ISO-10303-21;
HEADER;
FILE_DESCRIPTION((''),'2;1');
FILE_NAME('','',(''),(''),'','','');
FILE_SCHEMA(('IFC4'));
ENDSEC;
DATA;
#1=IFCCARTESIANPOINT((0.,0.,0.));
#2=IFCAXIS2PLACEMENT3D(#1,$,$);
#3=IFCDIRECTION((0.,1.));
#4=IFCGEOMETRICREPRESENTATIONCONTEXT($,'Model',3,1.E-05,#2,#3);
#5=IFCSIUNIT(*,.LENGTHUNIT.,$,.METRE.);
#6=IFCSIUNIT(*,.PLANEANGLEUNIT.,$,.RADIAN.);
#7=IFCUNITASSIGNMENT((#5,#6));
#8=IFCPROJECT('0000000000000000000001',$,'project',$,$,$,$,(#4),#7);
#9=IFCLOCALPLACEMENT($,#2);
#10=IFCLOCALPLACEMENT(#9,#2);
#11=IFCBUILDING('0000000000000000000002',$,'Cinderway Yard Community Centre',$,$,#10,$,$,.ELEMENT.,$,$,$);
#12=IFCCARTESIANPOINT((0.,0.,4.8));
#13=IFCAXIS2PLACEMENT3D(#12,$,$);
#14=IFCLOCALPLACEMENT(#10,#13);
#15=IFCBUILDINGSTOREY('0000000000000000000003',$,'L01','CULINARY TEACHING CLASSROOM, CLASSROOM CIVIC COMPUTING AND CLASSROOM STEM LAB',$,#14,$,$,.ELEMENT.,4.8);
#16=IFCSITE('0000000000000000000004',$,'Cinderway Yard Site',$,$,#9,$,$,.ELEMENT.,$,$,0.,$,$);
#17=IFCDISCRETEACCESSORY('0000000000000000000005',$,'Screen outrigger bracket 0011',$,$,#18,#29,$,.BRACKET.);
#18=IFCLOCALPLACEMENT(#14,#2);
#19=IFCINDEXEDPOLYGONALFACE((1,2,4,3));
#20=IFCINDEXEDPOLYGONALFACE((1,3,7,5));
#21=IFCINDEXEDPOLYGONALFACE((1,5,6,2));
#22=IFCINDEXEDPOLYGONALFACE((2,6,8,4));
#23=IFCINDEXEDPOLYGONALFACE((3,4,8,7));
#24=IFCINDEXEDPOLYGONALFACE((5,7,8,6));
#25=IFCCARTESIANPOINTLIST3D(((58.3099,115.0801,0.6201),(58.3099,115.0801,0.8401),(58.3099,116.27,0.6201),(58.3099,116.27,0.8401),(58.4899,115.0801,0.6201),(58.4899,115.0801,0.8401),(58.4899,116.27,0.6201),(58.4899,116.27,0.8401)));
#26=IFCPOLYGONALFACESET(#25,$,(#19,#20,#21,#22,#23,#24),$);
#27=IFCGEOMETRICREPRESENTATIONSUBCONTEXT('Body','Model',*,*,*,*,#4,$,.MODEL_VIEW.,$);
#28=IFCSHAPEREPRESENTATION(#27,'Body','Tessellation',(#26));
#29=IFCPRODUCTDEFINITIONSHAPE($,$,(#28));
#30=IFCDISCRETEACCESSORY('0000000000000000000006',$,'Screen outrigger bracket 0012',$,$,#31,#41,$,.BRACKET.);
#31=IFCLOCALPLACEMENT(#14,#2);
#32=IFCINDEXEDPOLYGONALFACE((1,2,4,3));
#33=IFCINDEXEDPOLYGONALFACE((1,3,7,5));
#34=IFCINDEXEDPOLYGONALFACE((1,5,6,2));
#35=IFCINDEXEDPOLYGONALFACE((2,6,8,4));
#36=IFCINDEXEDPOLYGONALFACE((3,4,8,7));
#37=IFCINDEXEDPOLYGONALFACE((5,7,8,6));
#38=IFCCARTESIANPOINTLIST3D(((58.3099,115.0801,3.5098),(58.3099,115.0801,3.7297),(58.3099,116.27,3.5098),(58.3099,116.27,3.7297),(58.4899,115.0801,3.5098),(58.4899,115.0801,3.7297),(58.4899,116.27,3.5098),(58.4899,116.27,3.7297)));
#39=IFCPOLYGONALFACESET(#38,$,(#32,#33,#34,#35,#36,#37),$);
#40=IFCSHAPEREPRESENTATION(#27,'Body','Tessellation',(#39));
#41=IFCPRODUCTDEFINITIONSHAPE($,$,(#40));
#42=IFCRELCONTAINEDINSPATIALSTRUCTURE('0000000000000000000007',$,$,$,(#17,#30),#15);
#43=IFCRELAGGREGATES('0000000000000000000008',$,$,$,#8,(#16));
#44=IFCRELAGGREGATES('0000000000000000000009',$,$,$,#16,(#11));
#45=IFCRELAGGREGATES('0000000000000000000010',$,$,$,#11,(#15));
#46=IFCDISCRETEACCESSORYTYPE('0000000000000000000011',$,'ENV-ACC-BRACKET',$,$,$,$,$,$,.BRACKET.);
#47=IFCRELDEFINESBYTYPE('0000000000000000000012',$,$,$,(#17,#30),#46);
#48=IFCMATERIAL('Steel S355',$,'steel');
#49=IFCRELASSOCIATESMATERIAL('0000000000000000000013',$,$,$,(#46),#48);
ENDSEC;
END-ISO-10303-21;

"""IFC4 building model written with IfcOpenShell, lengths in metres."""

from ifc_helpers import new_model, si_unit, direction, frame, origin, origin_2d, place, context, subcontext, project, spatial, rectangle, extrude, material, type_object, element, save


model = new_model("IFC4")

# Units and contexts
model_context = context("Model", 3, precision=1e-05, world=origin(), true_north=direction((0.0, 1.0)))
body_context = subcontext(model_context, "Body", "Model", "MODEL_VIEW")
ifc_project = project(units=[si_unit("LENGTHUNIT", "METRE"), si_unit("PLANEANGLEUNIT", "RADIAN")], contexts=[model_context])

# Site, building, storey
site_placement = place(None, origin())
site = spatial("IfcSite", under=ifc_project, at=site_placement, Name="Cinderway Yard Site", CompositionType="ELEMENT", RefElevation=0.0)
building_placement = place(site_placement, origin())
building = spatial("IfcBuilding", under=site, at=building_placement, Name="Cinderway Yard Community Centre", CompositionType="ELEMENT")
storey_placement = place(building_placement, frame((0.0, 0.0, 4.8)))
storey = spatial("IfcBuildingStorey", under=building, at=storey_placement, Name="L01", Description="CULINARY TEACHING CLASSROOM, CLASSROOM CIVIC COMPUTING AND CLASSROOM STEM LAB", CompositionType="ELEMENT", Elevation=4.8)

# Shared definitions
ifc_material_1 = material(Name="Steel S355", Category="steel")

# Discrete accessories
discrete_accessory_type = type_object("IfcDiscreteAccessoryType", Name="ENV-ACC-BRACKET", PredefinedType="BRACKET", material=ifc_material_1)
for number, where, z_axis, x_axis, name in (
    (1, (58.3999, 115.675, 0.6201), (0.0, 0.0, 1.0), (0.0, 1.0, 0.0), "Screen outrigger bracket 0011"),
    (2, (58.3999, 115.675, 3.5098), (0.0, 0.0, 1.0), (0.0, 1.0, 0.0), "Screen outrigger bracket 0012"),
):
    element("IfcDiscreteAccessory", number, at=place(storey_placement, frame(where, z_axis=z_axis, x_axis=x_axis)), inside=storey, type_object=discrete_accessory_type, Name=name, PredefinedType="BRACKET", context=body_context, shape_type="SweptSolid", body=[
        extrude(rectangle(XDim=1.1899, YDim=0.1799, at=origin_2d()), origin(), (0.0, 0.0, 1.0), 0.22),
    ])

save(model, "model.ifc")
